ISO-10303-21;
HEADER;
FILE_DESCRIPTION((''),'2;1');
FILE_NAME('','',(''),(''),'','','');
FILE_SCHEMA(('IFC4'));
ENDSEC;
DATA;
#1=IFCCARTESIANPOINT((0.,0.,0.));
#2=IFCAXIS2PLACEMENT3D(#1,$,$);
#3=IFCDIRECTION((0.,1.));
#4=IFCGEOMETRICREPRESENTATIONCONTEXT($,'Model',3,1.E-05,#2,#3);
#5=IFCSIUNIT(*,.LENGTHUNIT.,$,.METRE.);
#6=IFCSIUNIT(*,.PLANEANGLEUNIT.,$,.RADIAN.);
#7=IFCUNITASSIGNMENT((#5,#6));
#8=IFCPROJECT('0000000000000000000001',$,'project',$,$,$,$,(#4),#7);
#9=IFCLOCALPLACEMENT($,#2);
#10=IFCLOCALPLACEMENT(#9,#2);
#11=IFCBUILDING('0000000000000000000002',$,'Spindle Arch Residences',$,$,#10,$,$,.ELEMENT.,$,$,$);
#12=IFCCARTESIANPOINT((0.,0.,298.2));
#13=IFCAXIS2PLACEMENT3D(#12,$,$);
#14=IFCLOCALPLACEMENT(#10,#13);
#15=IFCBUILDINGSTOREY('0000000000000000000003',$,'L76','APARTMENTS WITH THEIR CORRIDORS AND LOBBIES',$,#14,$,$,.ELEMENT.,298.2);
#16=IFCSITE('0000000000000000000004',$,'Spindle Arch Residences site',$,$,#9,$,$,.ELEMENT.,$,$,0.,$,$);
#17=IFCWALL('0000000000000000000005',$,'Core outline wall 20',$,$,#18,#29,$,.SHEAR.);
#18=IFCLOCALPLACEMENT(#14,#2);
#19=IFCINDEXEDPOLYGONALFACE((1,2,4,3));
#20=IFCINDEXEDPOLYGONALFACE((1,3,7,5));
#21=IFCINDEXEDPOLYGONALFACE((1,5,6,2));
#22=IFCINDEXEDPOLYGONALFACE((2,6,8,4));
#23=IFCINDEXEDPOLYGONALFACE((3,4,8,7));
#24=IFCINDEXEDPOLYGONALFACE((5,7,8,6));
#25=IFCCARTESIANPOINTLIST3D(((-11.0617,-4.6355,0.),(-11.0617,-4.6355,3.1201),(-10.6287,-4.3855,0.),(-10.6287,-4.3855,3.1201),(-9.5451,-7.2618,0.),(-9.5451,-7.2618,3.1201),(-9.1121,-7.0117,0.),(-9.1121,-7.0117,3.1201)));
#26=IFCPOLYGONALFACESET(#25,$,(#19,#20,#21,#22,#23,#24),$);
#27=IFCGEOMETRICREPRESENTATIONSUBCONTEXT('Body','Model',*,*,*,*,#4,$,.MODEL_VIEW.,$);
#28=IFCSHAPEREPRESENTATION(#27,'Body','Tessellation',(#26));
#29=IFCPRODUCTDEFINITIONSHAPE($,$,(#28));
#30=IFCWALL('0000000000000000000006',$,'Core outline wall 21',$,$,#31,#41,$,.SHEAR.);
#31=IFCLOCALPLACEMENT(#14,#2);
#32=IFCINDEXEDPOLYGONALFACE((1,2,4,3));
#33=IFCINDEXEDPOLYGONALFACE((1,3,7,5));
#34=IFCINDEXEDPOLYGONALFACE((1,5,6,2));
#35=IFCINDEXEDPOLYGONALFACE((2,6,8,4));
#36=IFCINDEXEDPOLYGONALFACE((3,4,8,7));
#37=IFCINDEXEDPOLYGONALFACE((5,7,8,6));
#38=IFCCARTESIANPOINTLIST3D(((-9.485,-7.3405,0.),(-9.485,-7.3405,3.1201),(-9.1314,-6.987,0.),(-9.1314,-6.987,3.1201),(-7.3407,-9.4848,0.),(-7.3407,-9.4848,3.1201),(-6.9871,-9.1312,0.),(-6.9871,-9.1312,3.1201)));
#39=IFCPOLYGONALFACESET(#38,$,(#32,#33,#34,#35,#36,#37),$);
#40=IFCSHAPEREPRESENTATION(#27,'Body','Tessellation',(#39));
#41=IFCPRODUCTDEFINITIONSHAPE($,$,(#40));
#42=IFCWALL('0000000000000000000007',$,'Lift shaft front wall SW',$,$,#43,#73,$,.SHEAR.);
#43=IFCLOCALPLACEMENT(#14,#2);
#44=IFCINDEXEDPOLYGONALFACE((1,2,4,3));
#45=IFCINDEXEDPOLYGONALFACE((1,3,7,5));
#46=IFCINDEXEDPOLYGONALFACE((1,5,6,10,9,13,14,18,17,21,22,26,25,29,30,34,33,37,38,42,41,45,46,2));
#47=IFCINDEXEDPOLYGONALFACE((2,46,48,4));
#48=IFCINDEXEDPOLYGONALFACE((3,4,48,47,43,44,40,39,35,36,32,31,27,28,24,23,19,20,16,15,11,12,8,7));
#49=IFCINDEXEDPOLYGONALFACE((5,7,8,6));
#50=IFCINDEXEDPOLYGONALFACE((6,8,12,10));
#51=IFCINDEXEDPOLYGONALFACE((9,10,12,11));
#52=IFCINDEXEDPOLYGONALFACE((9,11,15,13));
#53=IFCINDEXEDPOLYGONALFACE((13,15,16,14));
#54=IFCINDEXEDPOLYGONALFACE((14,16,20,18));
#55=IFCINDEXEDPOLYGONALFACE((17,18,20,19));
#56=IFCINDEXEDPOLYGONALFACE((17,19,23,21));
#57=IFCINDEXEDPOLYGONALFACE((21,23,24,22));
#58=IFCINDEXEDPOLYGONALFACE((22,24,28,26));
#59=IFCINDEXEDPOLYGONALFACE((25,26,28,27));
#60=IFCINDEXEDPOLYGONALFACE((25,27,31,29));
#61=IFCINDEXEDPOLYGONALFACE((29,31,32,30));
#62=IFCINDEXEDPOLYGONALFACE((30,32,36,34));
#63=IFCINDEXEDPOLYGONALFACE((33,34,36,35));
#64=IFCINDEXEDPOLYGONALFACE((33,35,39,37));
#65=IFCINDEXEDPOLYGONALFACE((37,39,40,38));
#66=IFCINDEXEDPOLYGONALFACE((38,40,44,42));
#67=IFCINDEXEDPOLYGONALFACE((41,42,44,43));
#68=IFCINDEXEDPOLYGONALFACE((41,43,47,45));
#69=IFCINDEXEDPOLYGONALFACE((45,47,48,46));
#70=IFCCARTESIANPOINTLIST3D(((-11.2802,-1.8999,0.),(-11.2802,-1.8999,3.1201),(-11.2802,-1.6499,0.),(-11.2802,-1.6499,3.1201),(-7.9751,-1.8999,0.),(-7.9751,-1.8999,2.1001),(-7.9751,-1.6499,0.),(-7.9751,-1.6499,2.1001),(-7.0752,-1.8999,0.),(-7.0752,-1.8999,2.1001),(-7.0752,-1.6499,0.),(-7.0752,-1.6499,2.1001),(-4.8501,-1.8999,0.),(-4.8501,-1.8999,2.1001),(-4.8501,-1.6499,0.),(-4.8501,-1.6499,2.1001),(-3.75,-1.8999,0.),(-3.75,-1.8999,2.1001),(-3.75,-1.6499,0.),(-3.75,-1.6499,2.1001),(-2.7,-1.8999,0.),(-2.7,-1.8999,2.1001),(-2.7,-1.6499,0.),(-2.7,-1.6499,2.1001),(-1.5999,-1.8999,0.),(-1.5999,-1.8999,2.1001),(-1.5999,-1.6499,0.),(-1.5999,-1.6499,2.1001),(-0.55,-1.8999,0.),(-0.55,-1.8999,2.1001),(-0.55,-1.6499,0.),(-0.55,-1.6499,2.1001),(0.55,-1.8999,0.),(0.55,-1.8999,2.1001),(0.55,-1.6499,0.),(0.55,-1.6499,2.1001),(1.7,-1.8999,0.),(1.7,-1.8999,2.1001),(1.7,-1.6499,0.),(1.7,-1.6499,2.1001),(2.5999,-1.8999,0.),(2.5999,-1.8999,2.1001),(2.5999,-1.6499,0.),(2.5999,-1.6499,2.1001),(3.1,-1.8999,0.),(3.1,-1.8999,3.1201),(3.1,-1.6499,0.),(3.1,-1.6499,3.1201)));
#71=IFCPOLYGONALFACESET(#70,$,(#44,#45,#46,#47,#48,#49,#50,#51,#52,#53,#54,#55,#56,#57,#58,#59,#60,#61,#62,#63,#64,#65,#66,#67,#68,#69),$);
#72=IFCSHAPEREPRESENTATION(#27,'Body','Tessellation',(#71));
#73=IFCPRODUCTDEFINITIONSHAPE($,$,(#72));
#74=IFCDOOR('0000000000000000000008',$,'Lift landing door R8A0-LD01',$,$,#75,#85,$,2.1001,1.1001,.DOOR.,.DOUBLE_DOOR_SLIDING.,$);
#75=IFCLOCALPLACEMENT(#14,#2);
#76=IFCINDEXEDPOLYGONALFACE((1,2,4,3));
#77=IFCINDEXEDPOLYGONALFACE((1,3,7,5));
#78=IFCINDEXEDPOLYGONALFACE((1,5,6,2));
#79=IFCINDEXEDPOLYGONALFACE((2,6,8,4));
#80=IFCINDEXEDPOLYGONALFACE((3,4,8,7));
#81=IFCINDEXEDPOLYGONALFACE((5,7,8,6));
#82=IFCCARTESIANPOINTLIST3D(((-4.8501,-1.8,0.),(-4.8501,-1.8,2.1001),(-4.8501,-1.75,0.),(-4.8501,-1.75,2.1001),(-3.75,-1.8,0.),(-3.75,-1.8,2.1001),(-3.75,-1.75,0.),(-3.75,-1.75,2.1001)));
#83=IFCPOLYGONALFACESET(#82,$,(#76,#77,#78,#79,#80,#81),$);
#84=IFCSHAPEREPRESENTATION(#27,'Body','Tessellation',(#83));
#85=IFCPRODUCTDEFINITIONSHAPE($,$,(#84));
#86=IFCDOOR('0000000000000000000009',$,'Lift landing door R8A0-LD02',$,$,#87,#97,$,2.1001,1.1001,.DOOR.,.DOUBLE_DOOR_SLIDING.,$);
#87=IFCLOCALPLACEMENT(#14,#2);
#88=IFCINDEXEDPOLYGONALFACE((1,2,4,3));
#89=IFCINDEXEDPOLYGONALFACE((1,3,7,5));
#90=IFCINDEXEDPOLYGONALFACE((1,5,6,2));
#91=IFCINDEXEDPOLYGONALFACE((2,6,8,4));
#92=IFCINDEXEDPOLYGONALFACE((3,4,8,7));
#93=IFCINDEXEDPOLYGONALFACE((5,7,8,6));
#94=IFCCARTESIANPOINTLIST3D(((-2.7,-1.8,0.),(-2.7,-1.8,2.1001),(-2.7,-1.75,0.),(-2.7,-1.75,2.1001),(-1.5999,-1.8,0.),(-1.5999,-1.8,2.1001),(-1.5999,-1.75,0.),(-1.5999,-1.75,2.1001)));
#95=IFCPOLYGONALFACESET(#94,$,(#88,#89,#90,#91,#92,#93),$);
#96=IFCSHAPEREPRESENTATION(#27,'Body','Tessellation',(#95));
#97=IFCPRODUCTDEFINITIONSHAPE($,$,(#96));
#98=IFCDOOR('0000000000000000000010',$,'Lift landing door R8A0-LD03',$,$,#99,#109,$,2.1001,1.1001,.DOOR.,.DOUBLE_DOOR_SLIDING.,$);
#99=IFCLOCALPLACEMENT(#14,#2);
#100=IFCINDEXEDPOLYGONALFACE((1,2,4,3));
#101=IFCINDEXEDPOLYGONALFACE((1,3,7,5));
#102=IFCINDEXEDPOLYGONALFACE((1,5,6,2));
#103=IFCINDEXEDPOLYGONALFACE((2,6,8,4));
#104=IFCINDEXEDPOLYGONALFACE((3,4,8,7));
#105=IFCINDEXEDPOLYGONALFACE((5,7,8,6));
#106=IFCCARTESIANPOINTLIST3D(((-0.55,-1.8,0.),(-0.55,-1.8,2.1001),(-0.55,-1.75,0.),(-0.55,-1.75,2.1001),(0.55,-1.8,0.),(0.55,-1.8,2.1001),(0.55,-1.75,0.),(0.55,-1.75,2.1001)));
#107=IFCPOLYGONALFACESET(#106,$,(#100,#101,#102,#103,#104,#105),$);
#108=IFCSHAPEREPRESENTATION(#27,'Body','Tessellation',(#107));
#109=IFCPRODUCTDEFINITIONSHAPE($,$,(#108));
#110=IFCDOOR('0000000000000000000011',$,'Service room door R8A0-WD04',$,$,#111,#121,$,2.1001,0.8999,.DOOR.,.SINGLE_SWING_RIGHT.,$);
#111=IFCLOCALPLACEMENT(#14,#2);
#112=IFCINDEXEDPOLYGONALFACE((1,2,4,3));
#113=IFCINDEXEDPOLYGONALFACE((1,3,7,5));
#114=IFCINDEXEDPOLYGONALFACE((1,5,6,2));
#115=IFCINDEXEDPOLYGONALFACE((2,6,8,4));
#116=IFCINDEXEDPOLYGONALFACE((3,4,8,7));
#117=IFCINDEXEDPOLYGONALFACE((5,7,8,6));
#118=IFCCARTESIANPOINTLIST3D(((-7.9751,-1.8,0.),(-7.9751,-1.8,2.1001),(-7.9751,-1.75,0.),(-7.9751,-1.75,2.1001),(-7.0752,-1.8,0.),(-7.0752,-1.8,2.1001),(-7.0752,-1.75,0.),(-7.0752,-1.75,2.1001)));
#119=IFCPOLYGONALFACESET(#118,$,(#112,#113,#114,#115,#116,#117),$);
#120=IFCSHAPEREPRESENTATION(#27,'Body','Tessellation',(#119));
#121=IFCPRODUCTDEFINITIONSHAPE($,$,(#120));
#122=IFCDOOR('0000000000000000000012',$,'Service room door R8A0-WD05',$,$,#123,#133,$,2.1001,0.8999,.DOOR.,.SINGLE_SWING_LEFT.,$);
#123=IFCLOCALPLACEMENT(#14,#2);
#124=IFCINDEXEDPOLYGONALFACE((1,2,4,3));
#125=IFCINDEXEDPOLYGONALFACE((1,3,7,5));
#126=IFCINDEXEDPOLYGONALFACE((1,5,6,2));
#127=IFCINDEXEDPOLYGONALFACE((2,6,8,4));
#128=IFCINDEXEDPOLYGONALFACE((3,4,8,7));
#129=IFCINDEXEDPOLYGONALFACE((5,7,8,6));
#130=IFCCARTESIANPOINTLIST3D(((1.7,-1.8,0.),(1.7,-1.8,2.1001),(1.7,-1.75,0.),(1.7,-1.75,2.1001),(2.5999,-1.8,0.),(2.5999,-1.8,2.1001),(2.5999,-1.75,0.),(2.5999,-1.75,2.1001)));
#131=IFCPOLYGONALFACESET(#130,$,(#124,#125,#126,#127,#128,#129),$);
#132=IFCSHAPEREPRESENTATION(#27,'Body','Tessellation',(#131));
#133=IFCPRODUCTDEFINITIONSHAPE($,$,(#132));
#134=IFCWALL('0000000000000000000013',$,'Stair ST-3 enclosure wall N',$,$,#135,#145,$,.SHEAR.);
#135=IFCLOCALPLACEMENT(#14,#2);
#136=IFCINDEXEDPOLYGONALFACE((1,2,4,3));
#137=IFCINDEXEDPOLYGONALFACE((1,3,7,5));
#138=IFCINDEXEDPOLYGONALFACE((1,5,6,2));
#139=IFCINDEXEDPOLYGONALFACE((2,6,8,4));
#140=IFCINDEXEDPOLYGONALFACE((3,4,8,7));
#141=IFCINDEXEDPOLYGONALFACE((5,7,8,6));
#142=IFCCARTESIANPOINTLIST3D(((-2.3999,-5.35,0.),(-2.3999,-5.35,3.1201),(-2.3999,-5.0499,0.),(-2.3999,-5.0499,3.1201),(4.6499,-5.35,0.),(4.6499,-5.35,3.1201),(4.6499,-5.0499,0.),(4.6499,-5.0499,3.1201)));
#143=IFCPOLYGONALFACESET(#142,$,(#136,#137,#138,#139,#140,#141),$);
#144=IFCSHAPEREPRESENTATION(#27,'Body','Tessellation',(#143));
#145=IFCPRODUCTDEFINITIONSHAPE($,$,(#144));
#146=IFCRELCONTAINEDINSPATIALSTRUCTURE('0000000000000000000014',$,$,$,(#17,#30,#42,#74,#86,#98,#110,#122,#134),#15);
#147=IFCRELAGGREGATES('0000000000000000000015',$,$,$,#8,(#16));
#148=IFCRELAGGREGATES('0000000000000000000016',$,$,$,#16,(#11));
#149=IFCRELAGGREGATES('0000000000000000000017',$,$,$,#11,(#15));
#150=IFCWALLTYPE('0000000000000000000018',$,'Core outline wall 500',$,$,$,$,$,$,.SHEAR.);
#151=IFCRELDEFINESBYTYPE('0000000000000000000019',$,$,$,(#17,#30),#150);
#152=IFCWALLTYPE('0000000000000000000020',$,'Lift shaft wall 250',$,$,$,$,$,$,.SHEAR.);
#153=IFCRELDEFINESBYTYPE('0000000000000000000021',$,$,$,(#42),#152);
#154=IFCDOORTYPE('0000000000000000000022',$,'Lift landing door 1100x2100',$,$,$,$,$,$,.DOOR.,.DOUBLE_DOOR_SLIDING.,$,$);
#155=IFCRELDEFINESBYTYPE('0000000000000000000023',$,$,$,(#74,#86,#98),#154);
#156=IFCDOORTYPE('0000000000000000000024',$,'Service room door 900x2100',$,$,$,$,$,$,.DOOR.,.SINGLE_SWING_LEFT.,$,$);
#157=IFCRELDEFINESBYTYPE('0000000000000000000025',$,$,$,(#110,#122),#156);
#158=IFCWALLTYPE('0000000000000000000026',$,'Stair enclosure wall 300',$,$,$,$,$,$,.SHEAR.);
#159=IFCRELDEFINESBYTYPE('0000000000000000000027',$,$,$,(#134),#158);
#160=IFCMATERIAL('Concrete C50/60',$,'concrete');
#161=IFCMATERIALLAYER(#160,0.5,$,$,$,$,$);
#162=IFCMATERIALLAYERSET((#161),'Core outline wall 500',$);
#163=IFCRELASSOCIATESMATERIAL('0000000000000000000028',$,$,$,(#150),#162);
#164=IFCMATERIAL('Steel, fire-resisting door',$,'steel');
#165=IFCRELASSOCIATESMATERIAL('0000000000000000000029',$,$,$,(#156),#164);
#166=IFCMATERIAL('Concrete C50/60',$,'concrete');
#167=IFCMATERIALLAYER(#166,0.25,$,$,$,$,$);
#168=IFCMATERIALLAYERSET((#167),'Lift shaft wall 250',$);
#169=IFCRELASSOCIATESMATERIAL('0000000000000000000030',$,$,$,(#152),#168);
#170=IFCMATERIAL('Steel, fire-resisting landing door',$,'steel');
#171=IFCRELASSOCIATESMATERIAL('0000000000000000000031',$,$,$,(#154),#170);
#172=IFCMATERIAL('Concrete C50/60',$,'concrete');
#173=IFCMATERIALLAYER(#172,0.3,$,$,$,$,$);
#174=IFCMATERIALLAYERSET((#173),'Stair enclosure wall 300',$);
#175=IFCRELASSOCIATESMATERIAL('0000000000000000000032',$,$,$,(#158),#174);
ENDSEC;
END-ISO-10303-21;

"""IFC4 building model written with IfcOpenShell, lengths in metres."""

from ifc_helpers import new_model, si_unit, direction, frame, frame_2d, origin, place, context, subcontext, project, spatial, rectangle, extrude, material, layer, layer_set, type_object, element, fill, save


model = new_model("IFC4")

# Units and contexts
model_context = context("Model", 3, precision=1e-05, world=origin(), true_north=direction((0.0, 1.0)))
body_context = subcontext(model_context, "Body", "Model", "MODEL_VIEW")
ifc_project = project(units=[si_unit("LENGTHUNIT", "METRE"), si_unit("PLANEANGLEUNIT", "RADIAN")], contexts=[model_context])

# Site, building, storey
site_placement = place(None, origin())
site = spatial("IfcSite", under=ifc_project, at=site_placement, Name="Spindle Arch Residences site", CompositionType="ELEMENT", RefElevation=0.0)
building_placement = place(site_placement, origin())
building = spatial("IfcBuilding", under=site, at=building_placement, Name="Spindle Arch Residences", CompositionType="ELEMENT")
storey_placement = place(building_placement, frame((0.0, 0.0, 298.2)))
storey = spatial("IfcBuildingStorey", under=building, at=storey_placement, Name="L76", Description="APARTMENTS WITH THEIR CORRIDORS AND LOBBIES", CompositionType="ELEMENT", Elevation=298.2)

# Shared definitions
ifc_material_1 = material(Name="Concrete C50/60", Category="concrete")
ifc_layer_1 = layer(ifc_material_1, 0.5)
ifc_layer_set_1 = layer_set([ifc_layer_1], Name="Core outline wall 500")
wall_type_1 = type_object("IfcWallType", Name="Core outline wall 500", PredefinedType="SHEAR", material=ifc_layer_set_1)
ifc_material_2 = material(Name="Steel, fire-resisting door", Category="steel")
door_type_1 = type_object("IfcDoorType", Name="Service room door 900x2100", OperationType="SINGLE_SWING_LEFT", PredefinedType="DOOR", material=ifc_material_2)

# Walls
wall_1_placement = place(storey_placement, frame((-10.8452, -4.5105, 0.0), z_axis=(0.0, 0.0, 1.0), x_axis=(0.500087, -0.865975, 0.0)))
element("IfcWall", 1, at=wall_1_placement, inside=storey, type_object=wall_type_1, Name="Core outline wall 20", PredefinedType="SHEAR", context=body_context, shape_type="SweptSolid", body=[
    extrude(rectangle(XDim=3.0327, YDim=0.5, at=frame_2d((1.5164, 0.0))), origin(), (0.0, 0.0, 1.0), 3.1201),
])
wall_2_placement = place(storey_placement, frame((-9.3081, -7.1638, 0.0), z_axis=(0.0, 0.0, 1.0), x_axis=(0.707107, -0.707107, 0.0)))
element("IfcWall", 2, at=wall_2_placement, inside=storey, type_object=wall_type_1, Name="Core outline wall 21", PredefinedType="SHEAR", context=body_context, shape_type="SweptSolid", body=[
    extrude(rectangle(XDim=3.0325, YDim=0.5, at=frame_2d((1.5161, 0.0))), origin(), (0.0, 0.0, 1.0), 3.1201),
])

# Wall, openings, doors
ifc_material_3 = material(Name="Concrete C50/60", Category="concrete")
ifc_layer_2 = layer(ifc_material_3, 0.25)
ifc_layer_set_2 = layer_set([ifc_layer_2], Name="Lift shaft wall 250")
wall_type_2 = type_object("IfcWallType", Name="Lift shaft wall 250", PredefinedType="SHEAR", material=ifc_layer_set_2)
wall_3_placement = place(storey_placement, frame((-11.28, -1.7749, 0.0), z_axis=(0.0, 0.0, 1.0), x_axis=(1.0, 0.0, 0.0)))
wall_3 = element("IfcWall", 3, at=wall_3_placement, inside=storey, type_object=wall_type_2, Name="Lift shaft front wall SW", PredefinedType="SHEAR", context=body_context, shape_type="SweptSolid", body=[
    extrude(rectangle(XDim=14.3801, YDim=0.25, at=frame_2d((7.1899, 0.0))), origin(), (0.0, 0.0, 1.0), 3.1201),
])
opening_1_placement = place(wall_3_placement, frame((6.4299, 0.0, 0.0)))
opening_1 = element("IfcOpeningElement", 4, at=opening_1_placement, cuts=wall_3, PredefinedType="OPENING", context=body_context, shape_type="SweptSolid", body=[
    extrude(rectangle(XDim=1.1001, YDim=2.1001, at=frame_2d((0.55, 1.05))), frame((0.0, 0.135, 0.0), z_axis=(0.0, -1.0, 0.0), x_axis=(1.0, 0.0, 0.0)), (0.0, 0.0, 1.0), 0.27),
])
opening_2_placement = place(wall_3_placement, frame((8.5801, 0.0, 0.0)))
opening_2 = element("IfcOpeningElement", 5, at=opening_2_placement, cuts=wall_3, PredefinedType="OPENING", context=body_context, shape_type="SweptSolid", body=[
    extrude(rectangle(XDim=1.1001, YDim=2.1001, at=frame_2d((0.55, 1.05))), frame((0.0, 0.135, 0.0), z_axis=(0.0, -1.0, 0.0), x_axis=(1.0, 0.0, 0.0)), (0.0, 0.0, 1.0), 0.27),
])
opening_3_placement = place(wall_3_placement, frame((10.73, 0.0, 0.0)))
opening_3 = element("IfcOpeningElement", 6, at=opening_3_placement, cuts=wall_3, PredefinedType="OPENING", context=body_context, shape_type="SweptSolid", body=[
    extrude(rectangle(XDim=1.1001, YDim=2.1001, at=frame_2d((0.55, 1.05))), frame((0.0, 0.135, 0.0), z_axis=(0.0, -1.0, 0.0), x_axis=(1.0, 0.0, 0.0)), (0.0, 0.0, 1.0), 0.27),
])
opening_4_placement = place(wall_3_placement, frame((3.3049, 0.0, 0.0)))
opening_4 = element("IfcOpeningElement", 7, at=opening_4_placement, cuts=wall_3, PredefinedType="OPENING", context=body_context, shape_type="SweptSolid", body=[
    extrude(rectangle(XDim=0.8999, YDim=2.1001, at=frame_2d((0.45, 1.05))), frame((0.0, 0.135, 0.0), z_axis=(0.0, -1.0, 0.0), x_axis=(1.0, 0.0, 0.0)), (0.0, 0.0, 1.0), 0.27),
])
opening_5_placement = place(wall_3_placement, frame((12.98, 0.0, 0.0)))
opening_5 = element("IfcOpeningElement", 8, at=opening_5_placement, cuts=wall_3, PredefinedType="OPENING", context=body_context, shape_type="SweptSolid", body=[
    extrude(rectangle(XDim=0.8999, YDim=2.1001, at=frame_2d((0.45, 1.05))), frame((0.0, 0.135, 0.0), z_axis=(0.0, -1.0, 0.0), x_axis=(1.0, 0.0, 0.0)), (0.0, 0.0, 1.0), 0.27),
])
ifc_material_4 = material(Name="Steel, fire-resisting landing door", Category="steel")
door_type_2 = type_object("IfcDoorType", Name="Lift landing door 1100x2100", OperationType="DOUBLE_DOOR_SLIDING", PredefinedType="DOOR", material=ifc_material_4)
door_1_placement = place(opening_1_placement, origin())
door_1 = element("IfcDoor", 9, at=door_1_placement, inside=storey, type_object=door_type_2, Name="Lift landing door R8A0-LD01", OperationType="DOUBLE_DOOR_SLIDING", OverallHeight=2.1001, OverallWidth=1.1001, PredefinedType="DOOR", context=body_context, shape_type="SweptSolid", body=[
    extrude(rectangle(XDim=1.1001, YDim=2.1001, at=frame_2d((0.55, 1.05))), frame((0.0, 0.0249, 0.0), z_axis=(0.0, -1.0, 0.0), x_axis=(1.0, 0.0, 0.0)), (0.0, 0.0, 1.0), 0.05),
])
fill(opening_1, door_1)
door_2_placement = place(opening_2_placement, origin())
door_2 = element("IfcDoor", 10, at=door_2_placement, inside=storey, type_object=door_type_2, Name="Lift landing door R8A0-LD02", OperationType="DOUBLE_DOOR_SLIDING", OverallHeight=2.1001, OverallWidth=1.1001, PredefinedType="DOOR", context=body_context, shape_type="SweptSolid", body=[
    extrude(rectangle(XDim=1.1001, YDim=2.1001, at=frame_2d((0.55, 1.05))), frame((0.0, 0.0249, 0.0), z_axis=(0.0, -1.0, 0.0), x_axis=(1.0, 0.0, 0.0)), (0.0, 0.0, 1.0), 0.05),
])
fill(opening_2, door_2)
door_3_placement = place(opening_3_placement, origin())
door_3 = element("IfcDoor", 11, at=door_3_placement, inside=storey, type_object=door_type_2, Name="Lift landing door R8A0-LD03", OperationType="DOUBLE_DOOR_SLIDING", OverallHeight=2.1001, OverallWidth=1.1001, PredefinedType="DOOR", context=body_context, shape_type="SweptSolid", body=[
    extrude(rectangle(XDim=1.1001, YDim=2.1001, at=frame_2d((0.55, 1.05))), frame((0.0, 0.0249, 0.0), z_axis=(0.0, -1.0, 0.0), x_axis=(1.0, 0.0, 0.0)), (0.0, 0.0, 1.0), 0.05),
])
fill(opening_3, door_3)
door_4_placement = place(opening_4_placement, origin())
door_4 = element("IfcDoor", 12, at=door_4_placement, inside=storey, type_object=door_type_1, Name="Service room door R8A0-WD04", OperationType="SINGLE_SWING_RIGHT", OverallHeight=2.1001, OverallWidth=0.8999, PredefinedType="DOOR", context=body_context, shape_type="SweptSolid", body=[
    extrude(rectangle(XDim=0.8999, YDim=2.1001, at=frame_2d((0.45, 1.05))), frame((0.0, 0.0249, 0.0), z_axis=(0.0, -1.0, 0.0), x_axis=(1.0, 0.0, 0.0)), (0.0, 0.0, 1.0), 0.05),
])
fill(opening_4, door_4)
door_5_placement = place(opening_5_placement, origin())
door_5 = element("IfcDoor", 13, at=door_5_placement, inside=storey, type_object=door_type_1, Name="Service room door R8A0-WD05", OperationType="SINGLE_SWING_LEFT", OverallHeight=2.1001, OverallWidth=0.8999, PredefinedType="DOOR", context=body_context, shape_type="SweptSolid", body=[
    extrude(rectangle(XDim=0.8999, YDim=2.1001, at=frame_2d((0.45, 1.05))), frame((0.0, 0.0249, 0.0), z_axis=(0.0, -1.0, 0.0), x_axis=(1.0, 0.0, 0.0)), (0.0, 0.0, 1.0), 0.05),
])
fill(opening_5, door_5)

# Wall
ifc_material_5 = material(Name="Concrete C50/60", Category="concrete")
ifc_layer_3 = layer(ifc_material_5, 0.3)
ifc_layer_set_3 = layer_set([ifc_layer_3], Name="Stair enclosure wall 300")
wall_type_3 = type_object("IfcWallType", Name="Stair enclosure wall 300", PredefinedType="SHEAR", material=ifc_layer_set_3)
wall_4_placement = place(storey_placement, frame((-2.3999, -5.2, 0.0), z_axis=(0.0, 0.0, 1.0), x_axis=(1.0, 0.0, 0.0)))
element("IfcWall", 14, at=wall_4_placement, inside=storey, type_object=wall_type_3, Name="Stair ST-3 enclosure wall N", PredefinedType="SHEAR", context=body_context, shape_type="SweptSolid", body=[
    extrude(rectangle(XDim=7.0498, YDim=0.3, at=frame_2d((3.5249, 0.0))), origin(), (0.0, 0.0, 1.0), 3.1201),
])

save(model, "model.ifc")
